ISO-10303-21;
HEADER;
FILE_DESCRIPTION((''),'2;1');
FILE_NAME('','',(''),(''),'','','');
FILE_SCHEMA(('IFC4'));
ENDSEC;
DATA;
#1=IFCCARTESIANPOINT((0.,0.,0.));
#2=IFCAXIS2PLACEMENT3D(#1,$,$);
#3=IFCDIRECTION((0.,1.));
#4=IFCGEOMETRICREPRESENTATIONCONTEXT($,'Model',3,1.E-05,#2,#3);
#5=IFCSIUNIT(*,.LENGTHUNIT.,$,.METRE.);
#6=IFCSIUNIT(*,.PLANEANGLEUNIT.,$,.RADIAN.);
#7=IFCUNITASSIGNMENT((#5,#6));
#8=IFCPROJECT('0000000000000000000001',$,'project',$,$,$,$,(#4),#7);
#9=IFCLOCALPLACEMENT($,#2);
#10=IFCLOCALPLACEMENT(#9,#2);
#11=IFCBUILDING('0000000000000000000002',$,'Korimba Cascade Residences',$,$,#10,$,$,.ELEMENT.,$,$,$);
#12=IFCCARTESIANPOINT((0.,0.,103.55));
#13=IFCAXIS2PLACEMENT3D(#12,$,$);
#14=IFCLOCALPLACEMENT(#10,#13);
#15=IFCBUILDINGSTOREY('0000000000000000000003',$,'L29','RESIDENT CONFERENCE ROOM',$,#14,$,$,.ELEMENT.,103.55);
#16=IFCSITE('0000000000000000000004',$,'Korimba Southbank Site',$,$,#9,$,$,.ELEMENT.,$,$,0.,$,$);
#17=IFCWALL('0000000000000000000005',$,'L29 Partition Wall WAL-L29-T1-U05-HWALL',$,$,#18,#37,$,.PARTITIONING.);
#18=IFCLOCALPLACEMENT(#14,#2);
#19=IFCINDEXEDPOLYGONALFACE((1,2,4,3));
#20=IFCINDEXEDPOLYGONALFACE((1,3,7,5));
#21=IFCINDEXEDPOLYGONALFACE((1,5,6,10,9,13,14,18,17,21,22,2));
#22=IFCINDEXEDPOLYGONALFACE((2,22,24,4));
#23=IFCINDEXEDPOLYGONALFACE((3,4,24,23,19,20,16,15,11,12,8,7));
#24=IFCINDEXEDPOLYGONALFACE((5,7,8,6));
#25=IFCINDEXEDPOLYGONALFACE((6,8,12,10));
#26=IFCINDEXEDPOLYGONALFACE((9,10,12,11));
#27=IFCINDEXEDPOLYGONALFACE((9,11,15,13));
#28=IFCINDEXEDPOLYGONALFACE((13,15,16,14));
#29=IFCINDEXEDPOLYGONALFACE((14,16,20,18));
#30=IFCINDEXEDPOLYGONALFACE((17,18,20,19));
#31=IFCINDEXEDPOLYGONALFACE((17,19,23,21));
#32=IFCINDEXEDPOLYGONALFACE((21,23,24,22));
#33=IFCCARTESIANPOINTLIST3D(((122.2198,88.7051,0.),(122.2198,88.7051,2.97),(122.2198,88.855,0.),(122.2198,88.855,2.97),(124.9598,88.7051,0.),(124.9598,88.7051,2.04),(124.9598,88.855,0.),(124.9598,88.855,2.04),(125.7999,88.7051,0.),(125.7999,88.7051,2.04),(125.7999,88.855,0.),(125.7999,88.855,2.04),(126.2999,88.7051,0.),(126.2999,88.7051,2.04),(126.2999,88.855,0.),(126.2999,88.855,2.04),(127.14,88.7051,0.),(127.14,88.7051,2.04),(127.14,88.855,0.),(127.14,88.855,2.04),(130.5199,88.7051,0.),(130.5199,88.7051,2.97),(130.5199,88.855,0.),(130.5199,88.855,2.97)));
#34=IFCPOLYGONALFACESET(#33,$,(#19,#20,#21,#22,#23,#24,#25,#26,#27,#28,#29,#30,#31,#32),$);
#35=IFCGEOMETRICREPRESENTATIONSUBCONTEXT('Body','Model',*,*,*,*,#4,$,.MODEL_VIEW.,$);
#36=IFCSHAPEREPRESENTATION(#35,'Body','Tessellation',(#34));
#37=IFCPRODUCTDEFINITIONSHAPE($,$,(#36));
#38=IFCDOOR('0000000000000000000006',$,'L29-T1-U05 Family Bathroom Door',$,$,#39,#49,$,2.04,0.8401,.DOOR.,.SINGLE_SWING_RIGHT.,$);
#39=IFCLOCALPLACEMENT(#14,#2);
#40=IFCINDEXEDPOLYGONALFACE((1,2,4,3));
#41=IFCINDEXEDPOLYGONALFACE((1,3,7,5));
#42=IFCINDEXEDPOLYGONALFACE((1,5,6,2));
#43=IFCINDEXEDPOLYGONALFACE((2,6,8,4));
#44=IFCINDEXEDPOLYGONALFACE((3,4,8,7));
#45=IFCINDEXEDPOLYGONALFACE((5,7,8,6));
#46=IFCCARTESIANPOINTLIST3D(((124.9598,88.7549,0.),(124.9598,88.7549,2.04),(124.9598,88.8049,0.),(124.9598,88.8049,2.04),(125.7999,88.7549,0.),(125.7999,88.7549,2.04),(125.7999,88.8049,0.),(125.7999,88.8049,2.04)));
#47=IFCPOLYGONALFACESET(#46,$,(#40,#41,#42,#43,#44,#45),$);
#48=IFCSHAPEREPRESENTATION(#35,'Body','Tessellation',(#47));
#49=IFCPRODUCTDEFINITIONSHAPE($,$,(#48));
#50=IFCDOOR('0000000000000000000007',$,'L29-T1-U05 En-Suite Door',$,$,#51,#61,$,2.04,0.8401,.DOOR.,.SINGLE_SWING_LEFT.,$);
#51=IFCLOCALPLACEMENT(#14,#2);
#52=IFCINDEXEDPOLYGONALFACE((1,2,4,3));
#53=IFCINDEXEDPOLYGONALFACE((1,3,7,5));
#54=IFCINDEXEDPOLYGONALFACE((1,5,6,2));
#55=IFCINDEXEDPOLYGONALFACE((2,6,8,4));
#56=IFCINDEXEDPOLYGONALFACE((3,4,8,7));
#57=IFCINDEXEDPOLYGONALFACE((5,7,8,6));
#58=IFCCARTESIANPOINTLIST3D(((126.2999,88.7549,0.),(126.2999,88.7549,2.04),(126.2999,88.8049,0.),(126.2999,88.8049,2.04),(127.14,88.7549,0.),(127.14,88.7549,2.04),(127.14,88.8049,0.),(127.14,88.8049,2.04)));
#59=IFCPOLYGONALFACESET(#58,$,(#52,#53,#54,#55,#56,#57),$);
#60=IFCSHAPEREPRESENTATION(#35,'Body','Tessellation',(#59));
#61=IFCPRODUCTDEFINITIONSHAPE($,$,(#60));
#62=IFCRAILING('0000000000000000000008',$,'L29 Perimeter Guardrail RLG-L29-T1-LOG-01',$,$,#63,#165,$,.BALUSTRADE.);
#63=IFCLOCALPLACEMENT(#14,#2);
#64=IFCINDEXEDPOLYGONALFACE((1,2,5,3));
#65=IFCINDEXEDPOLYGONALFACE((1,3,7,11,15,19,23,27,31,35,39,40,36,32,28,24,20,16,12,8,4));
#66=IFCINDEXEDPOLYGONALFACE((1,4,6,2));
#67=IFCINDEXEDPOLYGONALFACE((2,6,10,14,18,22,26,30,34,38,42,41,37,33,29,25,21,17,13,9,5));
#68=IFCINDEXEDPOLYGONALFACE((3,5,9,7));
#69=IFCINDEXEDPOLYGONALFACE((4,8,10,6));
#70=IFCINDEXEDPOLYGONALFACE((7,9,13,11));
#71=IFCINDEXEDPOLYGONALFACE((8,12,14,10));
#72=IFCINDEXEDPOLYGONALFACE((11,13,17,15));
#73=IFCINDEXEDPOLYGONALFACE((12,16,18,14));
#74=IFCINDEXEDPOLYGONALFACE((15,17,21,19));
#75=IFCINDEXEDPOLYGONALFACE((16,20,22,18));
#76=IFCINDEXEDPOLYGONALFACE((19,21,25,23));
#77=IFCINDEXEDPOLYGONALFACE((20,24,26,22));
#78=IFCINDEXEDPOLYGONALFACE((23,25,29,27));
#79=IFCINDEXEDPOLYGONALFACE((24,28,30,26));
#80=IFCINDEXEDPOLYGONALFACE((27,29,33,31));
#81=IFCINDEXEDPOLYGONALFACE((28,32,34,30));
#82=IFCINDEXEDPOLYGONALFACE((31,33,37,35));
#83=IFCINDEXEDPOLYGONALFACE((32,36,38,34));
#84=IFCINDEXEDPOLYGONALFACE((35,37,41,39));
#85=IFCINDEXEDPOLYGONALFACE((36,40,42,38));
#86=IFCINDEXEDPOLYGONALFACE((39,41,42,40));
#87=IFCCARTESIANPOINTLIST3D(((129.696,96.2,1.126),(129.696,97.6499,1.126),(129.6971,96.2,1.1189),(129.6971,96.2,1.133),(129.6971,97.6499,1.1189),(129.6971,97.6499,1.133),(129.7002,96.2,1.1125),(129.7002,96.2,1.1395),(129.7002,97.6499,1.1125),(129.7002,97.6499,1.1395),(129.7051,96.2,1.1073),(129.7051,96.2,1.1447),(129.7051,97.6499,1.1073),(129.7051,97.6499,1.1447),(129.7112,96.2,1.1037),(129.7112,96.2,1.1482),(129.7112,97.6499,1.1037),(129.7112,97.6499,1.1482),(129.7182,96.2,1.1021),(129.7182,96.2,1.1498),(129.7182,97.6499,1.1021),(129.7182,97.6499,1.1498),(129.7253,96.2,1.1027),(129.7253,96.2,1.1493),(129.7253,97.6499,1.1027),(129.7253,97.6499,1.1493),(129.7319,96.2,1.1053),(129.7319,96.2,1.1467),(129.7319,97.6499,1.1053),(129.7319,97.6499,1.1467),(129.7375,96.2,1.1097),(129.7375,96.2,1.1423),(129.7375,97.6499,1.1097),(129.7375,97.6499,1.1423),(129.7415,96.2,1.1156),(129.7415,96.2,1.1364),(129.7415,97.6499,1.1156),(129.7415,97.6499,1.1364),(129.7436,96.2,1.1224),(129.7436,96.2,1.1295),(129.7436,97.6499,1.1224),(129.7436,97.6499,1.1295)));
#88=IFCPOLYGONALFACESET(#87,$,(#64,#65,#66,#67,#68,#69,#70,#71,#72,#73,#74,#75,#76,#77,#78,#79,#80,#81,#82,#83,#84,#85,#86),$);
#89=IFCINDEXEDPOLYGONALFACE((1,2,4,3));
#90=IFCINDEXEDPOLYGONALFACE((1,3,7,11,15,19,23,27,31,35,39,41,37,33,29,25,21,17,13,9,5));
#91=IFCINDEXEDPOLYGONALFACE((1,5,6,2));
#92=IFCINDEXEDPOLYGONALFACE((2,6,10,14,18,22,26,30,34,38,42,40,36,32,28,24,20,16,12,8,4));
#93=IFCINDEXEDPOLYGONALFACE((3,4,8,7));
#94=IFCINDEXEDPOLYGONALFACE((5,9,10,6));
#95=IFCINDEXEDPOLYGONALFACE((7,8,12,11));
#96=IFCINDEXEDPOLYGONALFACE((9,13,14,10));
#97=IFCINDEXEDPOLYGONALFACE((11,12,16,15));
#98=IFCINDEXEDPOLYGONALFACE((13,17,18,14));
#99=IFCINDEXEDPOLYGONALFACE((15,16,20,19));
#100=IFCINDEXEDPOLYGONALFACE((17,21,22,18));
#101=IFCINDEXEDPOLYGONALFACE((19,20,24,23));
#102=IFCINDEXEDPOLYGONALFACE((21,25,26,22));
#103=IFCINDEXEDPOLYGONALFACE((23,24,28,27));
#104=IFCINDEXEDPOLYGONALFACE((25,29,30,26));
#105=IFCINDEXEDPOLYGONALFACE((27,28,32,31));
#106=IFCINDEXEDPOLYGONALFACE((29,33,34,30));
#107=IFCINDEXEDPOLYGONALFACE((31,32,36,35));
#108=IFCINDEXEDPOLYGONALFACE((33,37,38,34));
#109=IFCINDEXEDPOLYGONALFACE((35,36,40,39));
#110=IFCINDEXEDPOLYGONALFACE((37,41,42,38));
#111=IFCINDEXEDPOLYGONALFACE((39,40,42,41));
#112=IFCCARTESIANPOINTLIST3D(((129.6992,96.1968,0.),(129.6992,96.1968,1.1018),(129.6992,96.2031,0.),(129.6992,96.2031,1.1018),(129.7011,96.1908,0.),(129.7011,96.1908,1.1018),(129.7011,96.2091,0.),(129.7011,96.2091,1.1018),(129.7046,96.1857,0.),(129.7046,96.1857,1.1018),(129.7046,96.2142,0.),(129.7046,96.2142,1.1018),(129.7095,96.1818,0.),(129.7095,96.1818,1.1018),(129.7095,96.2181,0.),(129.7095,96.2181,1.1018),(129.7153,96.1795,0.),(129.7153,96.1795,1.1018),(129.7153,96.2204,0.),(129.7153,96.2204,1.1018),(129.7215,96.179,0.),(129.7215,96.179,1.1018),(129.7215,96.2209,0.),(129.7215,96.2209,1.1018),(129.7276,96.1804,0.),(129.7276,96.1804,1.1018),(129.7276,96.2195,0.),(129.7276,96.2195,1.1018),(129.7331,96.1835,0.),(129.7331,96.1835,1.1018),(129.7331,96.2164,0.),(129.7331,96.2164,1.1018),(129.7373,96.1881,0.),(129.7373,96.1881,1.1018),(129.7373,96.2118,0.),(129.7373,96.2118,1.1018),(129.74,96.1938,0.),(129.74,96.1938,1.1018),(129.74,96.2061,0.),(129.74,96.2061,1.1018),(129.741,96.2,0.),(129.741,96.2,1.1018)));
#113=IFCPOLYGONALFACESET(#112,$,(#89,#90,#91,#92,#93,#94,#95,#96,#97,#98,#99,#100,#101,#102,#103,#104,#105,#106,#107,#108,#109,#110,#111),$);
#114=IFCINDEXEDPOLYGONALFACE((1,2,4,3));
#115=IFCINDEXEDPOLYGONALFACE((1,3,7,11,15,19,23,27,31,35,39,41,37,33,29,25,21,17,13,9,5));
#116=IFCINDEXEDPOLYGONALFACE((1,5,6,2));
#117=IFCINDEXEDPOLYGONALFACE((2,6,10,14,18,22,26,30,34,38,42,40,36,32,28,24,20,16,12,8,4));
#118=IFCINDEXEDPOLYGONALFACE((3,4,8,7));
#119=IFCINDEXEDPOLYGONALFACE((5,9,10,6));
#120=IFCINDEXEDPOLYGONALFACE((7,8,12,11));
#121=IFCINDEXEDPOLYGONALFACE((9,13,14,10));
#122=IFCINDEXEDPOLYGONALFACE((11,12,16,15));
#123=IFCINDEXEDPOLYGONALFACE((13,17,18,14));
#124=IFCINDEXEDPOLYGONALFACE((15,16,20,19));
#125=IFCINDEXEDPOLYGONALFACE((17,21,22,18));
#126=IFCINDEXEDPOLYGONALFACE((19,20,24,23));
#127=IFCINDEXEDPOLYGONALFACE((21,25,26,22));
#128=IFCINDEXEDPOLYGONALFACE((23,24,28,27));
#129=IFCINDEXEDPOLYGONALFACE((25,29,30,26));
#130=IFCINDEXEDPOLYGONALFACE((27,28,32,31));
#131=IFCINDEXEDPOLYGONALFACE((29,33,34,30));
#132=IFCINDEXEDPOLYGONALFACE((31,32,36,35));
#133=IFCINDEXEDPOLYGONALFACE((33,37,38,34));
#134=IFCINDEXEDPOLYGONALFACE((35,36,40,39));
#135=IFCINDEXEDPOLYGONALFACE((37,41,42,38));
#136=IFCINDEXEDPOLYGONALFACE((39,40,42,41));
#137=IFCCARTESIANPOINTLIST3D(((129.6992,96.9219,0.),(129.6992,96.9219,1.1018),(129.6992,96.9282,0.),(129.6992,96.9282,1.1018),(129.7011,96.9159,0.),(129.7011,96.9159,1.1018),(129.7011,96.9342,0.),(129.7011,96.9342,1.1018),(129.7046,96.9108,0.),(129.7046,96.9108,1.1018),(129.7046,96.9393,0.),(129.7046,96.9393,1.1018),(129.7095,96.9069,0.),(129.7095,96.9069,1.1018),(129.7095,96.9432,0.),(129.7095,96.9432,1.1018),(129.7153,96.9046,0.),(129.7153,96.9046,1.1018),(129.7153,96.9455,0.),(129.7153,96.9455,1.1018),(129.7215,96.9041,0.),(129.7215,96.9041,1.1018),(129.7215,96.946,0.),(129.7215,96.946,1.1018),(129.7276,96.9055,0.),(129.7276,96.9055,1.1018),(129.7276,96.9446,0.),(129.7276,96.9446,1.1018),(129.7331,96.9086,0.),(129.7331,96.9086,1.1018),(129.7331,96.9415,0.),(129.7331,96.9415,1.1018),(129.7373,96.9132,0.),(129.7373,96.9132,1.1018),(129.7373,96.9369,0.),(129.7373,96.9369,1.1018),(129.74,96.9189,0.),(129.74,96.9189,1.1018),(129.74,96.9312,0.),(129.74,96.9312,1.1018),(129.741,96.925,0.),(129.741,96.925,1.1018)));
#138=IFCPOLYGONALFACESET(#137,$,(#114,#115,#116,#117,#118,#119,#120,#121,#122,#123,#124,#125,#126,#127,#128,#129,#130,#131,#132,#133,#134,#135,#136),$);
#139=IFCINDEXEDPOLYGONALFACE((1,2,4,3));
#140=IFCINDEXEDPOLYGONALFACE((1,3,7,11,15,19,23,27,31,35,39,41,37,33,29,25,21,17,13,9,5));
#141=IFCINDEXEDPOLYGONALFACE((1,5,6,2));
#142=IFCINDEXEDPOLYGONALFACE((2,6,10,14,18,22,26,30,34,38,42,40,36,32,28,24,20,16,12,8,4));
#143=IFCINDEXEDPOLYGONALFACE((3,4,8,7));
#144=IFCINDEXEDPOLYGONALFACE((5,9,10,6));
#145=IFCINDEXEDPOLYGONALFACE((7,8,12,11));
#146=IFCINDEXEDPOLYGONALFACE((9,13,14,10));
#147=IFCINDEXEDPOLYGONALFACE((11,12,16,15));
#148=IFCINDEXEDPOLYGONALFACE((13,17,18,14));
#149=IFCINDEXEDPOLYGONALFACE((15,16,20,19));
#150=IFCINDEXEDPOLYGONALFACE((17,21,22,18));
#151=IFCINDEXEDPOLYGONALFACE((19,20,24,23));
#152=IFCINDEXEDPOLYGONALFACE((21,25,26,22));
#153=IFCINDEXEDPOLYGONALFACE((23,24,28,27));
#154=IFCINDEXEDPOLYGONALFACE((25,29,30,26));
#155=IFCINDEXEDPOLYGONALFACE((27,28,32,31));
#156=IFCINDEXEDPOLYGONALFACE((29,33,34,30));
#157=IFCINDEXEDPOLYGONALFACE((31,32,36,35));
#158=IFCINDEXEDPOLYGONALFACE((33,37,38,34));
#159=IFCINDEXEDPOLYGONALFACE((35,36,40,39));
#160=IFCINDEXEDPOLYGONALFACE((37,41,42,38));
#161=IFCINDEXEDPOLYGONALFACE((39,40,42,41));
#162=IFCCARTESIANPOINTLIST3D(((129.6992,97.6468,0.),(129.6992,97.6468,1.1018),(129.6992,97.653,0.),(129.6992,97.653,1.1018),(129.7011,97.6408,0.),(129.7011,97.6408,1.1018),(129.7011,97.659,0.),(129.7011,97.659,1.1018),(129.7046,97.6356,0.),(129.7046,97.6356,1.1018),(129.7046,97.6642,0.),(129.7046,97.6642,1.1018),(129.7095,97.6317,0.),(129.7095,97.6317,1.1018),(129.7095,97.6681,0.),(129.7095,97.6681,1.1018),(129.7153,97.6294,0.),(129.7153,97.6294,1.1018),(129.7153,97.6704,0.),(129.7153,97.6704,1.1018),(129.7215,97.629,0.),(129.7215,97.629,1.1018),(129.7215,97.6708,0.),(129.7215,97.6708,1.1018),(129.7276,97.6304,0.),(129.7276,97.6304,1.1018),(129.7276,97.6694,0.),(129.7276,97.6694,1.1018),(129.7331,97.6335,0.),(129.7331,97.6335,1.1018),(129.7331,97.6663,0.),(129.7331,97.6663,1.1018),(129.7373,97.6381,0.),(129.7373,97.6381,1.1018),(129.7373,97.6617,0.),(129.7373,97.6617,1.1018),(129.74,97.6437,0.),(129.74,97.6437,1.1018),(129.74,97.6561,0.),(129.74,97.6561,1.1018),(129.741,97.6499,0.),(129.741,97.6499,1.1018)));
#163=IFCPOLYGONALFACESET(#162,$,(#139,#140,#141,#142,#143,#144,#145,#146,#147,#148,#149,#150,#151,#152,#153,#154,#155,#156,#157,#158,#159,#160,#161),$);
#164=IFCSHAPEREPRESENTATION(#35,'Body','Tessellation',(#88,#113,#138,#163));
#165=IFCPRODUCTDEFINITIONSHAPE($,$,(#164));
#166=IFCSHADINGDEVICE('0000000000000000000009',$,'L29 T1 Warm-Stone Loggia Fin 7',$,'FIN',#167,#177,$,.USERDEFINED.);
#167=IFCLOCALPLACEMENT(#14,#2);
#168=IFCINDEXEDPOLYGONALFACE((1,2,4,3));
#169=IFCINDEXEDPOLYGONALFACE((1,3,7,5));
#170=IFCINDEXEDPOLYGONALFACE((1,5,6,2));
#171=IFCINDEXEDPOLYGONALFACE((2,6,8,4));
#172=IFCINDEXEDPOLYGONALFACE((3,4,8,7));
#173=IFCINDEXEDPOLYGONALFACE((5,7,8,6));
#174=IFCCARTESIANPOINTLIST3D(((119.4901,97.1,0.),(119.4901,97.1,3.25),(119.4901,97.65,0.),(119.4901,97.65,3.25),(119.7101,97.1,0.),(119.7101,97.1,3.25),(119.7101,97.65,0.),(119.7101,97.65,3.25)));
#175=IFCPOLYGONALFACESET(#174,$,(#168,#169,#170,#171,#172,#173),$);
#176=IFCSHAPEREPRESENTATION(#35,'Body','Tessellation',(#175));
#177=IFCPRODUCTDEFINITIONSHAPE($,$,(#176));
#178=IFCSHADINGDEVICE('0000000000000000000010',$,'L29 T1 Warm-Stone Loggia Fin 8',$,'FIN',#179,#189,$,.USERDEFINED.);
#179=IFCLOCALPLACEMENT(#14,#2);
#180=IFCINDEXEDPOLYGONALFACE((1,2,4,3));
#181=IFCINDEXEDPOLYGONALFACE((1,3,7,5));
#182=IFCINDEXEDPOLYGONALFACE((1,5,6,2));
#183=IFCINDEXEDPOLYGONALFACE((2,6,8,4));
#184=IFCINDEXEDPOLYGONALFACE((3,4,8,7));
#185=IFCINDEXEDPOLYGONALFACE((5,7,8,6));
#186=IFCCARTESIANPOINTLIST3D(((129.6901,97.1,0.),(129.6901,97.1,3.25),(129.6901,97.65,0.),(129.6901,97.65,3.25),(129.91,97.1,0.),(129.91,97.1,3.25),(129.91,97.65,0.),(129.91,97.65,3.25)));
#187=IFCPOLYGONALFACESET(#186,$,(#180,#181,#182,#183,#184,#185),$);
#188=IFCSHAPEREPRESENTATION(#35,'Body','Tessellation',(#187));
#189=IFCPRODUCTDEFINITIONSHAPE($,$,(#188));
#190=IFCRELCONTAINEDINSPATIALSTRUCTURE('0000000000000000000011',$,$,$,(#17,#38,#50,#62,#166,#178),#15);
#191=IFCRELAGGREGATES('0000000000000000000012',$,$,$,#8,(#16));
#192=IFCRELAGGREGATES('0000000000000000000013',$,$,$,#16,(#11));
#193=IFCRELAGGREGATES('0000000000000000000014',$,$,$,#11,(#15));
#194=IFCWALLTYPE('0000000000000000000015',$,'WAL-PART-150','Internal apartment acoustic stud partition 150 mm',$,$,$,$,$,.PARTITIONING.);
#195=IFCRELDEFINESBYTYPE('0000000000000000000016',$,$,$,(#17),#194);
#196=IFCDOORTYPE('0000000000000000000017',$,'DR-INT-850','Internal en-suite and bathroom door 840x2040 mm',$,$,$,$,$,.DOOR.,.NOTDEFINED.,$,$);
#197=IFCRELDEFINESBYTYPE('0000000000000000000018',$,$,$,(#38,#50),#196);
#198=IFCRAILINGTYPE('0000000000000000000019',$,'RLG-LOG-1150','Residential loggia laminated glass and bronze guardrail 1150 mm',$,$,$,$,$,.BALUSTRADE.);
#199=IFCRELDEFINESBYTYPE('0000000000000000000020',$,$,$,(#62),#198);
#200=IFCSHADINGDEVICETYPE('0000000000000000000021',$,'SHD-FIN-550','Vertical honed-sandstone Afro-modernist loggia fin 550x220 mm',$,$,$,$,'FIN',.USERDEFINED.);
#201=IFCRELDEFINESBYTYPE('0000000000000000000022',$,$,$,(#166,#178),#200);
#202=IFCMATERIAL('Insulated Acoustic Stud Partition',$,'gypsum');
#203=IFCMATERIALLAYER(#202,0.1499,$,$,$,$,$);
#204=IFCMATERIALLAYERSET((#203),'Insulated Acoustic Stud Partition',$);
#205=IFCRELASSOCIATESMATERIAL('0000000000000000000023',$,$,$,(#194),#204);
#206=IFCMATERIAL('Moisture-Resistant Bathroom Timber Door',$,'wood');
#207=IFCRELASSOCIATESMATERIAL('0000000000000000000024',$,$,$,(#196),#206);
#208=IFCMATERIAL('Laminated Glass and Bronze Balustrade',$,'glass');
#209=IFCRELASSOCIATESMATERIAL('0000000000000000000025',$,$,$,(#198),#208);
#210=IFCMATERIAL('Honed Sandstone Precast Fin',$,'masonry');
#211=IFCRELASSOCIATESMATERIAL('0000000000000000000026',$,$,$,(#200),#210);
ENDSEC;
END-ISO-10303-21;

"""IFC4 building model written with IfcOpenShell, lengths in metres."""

from ifc_helpers import new_model, si_unit, direction, frame, frame_2d, origin, origin_2d, place, context, subcontext, project, spatial, rectangle, circle, extrude, material, layer, layer_set, type_object, element, fill, save


model = new_model("IFC4")

# Units and contexts
model_context = context("Model", 3, precision=1e-05, world=origin(), true_north=direction((0.0, 1.0)))
body_context = subcontext(model_context, "Body", "Model", "MODEL_VIEW")
ifc_project = project(units=[si_unit("LENGTHUNIT", "METRE"), si_unit("PLANEANGLEUNIT", "RADIAN")], contexts=[model_context])

# Site, building, storey
site_placement = place(None, origin())
site = spatial("IfcSite", under=ifc_project, at=site_placement, Name="Korimba Southbank Site", CompositionType="ELEMENT", RefElevation=0.0)
building_placement = place(site_placement, origin())
building = spatial("IfcBuilding", under=site, at=building_placement, Name="Korimba Cascade Residences", CompositionType="ELEMENT")
storey_placement = place(building_placement, frame((0.0, 0.0, 103.55)))
storey = spatial("IfcBuildingStorey", under=building, at=storey_placement, Name="L29", Description="RESIDENT CONFERENCE ROOM", CompositionType="ELEMENT", Elevation=103.55)

# Shared definitions
ifc_material_1 = material(Name="Insulated Acoustic Stud Partition", Category="gypsum")
ifc_layer_1 = layer(ifc_material_1, 0.1499)
ifc_layer_set_1 = layer_set([ifc_layer_1], Name="Insulated Acoustic Stud Partition")
wall_type_1 = type_object("IfcWallType", Name="WAL-PART-150", Description="Internal apartment acoustic stud partition 150 mm", PredefinedType="PARTITIONING", material=ifc_layer_set_1)

# Wall, openings, doors
wall_1_placement = place(storey_placement, frame((122.22, 88.78, 0.0), z_axis=(0.0, 0.0, 1.0), x_axis=(1.0, 0.0, 0.0)))
wall_1 = element("IfcWall", 1, at=wall_1_placement, inside=storey, type_object=wall_type_1, Name="L29 Partition Wall WAL-L29-T1-U05-HWALL", PredefinedType="PARTITIONING", context=body_context, shape_type="SweptSolid", body=[
    extrude(rectangle(XDim=8.3, YDim=0.1499, at=frame_2d((4.1499, 0.0))), origin(), (0.0, 0.0, 1.0), 2.97),
])
opening_1_placement = place(wall_1_placement, frame((2.74, 0.0, 0.0)))
opening_1 = element("IfcOpeningElement", 2, at=opening_1_placement, cuts=wall_1, PredefinedType="OPENING", context=body_context, shape_type="SweptSolid", body=[
    extrude(rectangle(XDim=0.8401, YDim=2.04, at=frame_2d((0.4199, 1.02))), frame((0.0, 0.085, 0.0), z_axis=(0.0, -1.0, 0.0), x_axis=(1.0, 0.0, 0.0)), (0.0, 0.0, 1.0), 0.1699),
])
opening_2_placement = place(wall_1_placement, frame((4.0801, 0.0, 0.0)))
opening_2 = element("IfcOpeningElement", 3, at=opening_2_placement, cuts=wall_1, PredefinedType="OPENING", context=body_context, shape_type="SweptSolid", body=[
    extrude(rectangle(XDim=0.8401, YDim=2.04, at=frame_2d((0.4199, 1.02))), frame((0.0, 0.085, 0.0), z_axis=(0.0, -1.0, 0.0), x_axis=(1.0, 0.0, 0.0)), (0.0, 0.0, 1.0), 0.1699),
])
ifc_material_2 = material(Name="Moisture-Resistant Bathroom Timber Door", Category="wood")
door_type_1 = type_object("IfcDoorType", Name="DR-INT-850", Description="Internal en-suite and bathroom door 840x2040 mm", OperationType="NOTDEFINED", PredefinedType="DOOR", material=ifc_material_2)
door_1_placement = place(opening_1_placement, origin())
door_1 = element("IfcDoor", 4, at=door_1_placement, inside=storey, type_object=door_type_1, Name="L29-T1-U05 Family Bathroom Door", OperationType="SINGLE_SWING_RIGHT", OverallHeight=2.04, OverallWidth=0.8401, PredefinedType="DOOR", context=body_context, shape_type="SweptSolid", body=[
    extrude(rectangle(XDim=0.8401, YDim=2.04, at=frame_2d((0.4199, 1.02))), frame((0.0, 0.0249, 0.0), z_axis=(0.0, -1.0, 0.0), x_axis=(1.0, 0.0, 0.0)), (0.0, 0.0, 1.0), 0.05),
])
fill(opening_1, door_1)
door_2_placement = place(opening_2_placement, origin())
door_2 = element("IfcDoor", 5, at=door_2_placement, inside=storey, type_object=door_type_1, Name="L29-T1-U05 En-Suite Door", OperationType="SINGLE_SWING_LEFT", OverallHeight=2.04, OverallWidth=0.8401, PredefinedType="DOOR", context=body_context, shape_type="SweptSolid", body=[
    extrude(rectangle(XDim=0.8401, YDim=2.04, at=frame_2d((0.4199, 1.02))), frame((0.0, 0.0249, 0.0), z_axis=(0.0, -1.0, 0.0), x_axis=(1.0, 0.0, 0.0)), (0.0, 0.0, 1.0), 0.05),
])
fill(opening_2, door_2)

# Railing
ifc_material_3 = material(Name="Laminated Glass and Bronze Balustrade", Category="glass")
railing_type = type_object("IfcRailingType", Name="RLG-LOG-1150", Description="Residential loggia laminated glass and bronze guardrail 1150 mm", PredefinedType="BALUSTRADE", material=ifc_material_3)
railing_1_placement = place(storey_placement, frame((129.72, 96.2, 0.0)))
element("IfcRailing", 6, at=railing_1_placement, inside=storey, type_object=railing_type, Name="L29 Perimeter Guardrail RLG-L29-T1-LOG-01", PredefinedType="BALUSTRADE", context=body_context, shape_type="SweptSolid", body=[
    extrude(circle(Radius=0.0239, at=origin_2d()), frame((0.0, 0.0, 1.126), z_axis=(0.0, 1.0, 0.0), x_axis=(-1.0, 0.0, 0.0)), (0.0, 0.0, 1.0), 1.45),
    extrude(circle(Radius=0.021, at=origin_2d()), origin(), (0.0, 0.0, 1.0), 1.1018),
    extrude(circle(Radius=0.021, at=origin_2d()), frame((0.0, 0.7251, 0.0)), (0.0, 0.0, 1.0), 1.1018),
    extrude(circle(Radius=0.021, at=origin_2d()), frame((0.0, 1.45, 0.0)), (0.0, 0.0, 1.0), 1.1018),
])

# Shading devices
ifc_material_4 = material(Name="Honed Sandstone Precast Fin", Category="masonry")
shading_device_type = type_object("IfcShadingDeviceType", Name="SHD-FIN-550", Description="Vertical honed-sandstone Afro-modernist loggia fin 550x220 mm", ElementType="FIN", PredefinedType="USERDEFINED", material=ifc_material_4)
for number, where, z_axis, x_axis, name in (
    (7, (119.6001, 97.375, 0.0), (0.0, 0.0, 1.0), (1.0, 0.0, 0.0), "L29 T1 Warm-Stone Loggia Fin 7"),
    (8, (129.8, 97.375, 0.0), (0.0, 0.0, 1.0), (1.0, 0.0, 0.0), "L29 T1 Warm-Stone Loggia Fin 8"),
):
    element("IfcShadingDevice", number, at=place(storey_placement, frame(where, z_axis=z_axis, x_axis=x_axis)), inside=storey, type_object=shading_device_type, Name=name, ObjectType="FIN", PredefinedType="USERDEFINED", context=body_context, shape_type="SweptSolid", body=[
        extrude(rectangle(XDim=0.22, YDim=0.55, at=origin_2d()), origin(), (0.0, 0.0, 1.0), 3.25),
    ])

save(model, "model.ifc")
